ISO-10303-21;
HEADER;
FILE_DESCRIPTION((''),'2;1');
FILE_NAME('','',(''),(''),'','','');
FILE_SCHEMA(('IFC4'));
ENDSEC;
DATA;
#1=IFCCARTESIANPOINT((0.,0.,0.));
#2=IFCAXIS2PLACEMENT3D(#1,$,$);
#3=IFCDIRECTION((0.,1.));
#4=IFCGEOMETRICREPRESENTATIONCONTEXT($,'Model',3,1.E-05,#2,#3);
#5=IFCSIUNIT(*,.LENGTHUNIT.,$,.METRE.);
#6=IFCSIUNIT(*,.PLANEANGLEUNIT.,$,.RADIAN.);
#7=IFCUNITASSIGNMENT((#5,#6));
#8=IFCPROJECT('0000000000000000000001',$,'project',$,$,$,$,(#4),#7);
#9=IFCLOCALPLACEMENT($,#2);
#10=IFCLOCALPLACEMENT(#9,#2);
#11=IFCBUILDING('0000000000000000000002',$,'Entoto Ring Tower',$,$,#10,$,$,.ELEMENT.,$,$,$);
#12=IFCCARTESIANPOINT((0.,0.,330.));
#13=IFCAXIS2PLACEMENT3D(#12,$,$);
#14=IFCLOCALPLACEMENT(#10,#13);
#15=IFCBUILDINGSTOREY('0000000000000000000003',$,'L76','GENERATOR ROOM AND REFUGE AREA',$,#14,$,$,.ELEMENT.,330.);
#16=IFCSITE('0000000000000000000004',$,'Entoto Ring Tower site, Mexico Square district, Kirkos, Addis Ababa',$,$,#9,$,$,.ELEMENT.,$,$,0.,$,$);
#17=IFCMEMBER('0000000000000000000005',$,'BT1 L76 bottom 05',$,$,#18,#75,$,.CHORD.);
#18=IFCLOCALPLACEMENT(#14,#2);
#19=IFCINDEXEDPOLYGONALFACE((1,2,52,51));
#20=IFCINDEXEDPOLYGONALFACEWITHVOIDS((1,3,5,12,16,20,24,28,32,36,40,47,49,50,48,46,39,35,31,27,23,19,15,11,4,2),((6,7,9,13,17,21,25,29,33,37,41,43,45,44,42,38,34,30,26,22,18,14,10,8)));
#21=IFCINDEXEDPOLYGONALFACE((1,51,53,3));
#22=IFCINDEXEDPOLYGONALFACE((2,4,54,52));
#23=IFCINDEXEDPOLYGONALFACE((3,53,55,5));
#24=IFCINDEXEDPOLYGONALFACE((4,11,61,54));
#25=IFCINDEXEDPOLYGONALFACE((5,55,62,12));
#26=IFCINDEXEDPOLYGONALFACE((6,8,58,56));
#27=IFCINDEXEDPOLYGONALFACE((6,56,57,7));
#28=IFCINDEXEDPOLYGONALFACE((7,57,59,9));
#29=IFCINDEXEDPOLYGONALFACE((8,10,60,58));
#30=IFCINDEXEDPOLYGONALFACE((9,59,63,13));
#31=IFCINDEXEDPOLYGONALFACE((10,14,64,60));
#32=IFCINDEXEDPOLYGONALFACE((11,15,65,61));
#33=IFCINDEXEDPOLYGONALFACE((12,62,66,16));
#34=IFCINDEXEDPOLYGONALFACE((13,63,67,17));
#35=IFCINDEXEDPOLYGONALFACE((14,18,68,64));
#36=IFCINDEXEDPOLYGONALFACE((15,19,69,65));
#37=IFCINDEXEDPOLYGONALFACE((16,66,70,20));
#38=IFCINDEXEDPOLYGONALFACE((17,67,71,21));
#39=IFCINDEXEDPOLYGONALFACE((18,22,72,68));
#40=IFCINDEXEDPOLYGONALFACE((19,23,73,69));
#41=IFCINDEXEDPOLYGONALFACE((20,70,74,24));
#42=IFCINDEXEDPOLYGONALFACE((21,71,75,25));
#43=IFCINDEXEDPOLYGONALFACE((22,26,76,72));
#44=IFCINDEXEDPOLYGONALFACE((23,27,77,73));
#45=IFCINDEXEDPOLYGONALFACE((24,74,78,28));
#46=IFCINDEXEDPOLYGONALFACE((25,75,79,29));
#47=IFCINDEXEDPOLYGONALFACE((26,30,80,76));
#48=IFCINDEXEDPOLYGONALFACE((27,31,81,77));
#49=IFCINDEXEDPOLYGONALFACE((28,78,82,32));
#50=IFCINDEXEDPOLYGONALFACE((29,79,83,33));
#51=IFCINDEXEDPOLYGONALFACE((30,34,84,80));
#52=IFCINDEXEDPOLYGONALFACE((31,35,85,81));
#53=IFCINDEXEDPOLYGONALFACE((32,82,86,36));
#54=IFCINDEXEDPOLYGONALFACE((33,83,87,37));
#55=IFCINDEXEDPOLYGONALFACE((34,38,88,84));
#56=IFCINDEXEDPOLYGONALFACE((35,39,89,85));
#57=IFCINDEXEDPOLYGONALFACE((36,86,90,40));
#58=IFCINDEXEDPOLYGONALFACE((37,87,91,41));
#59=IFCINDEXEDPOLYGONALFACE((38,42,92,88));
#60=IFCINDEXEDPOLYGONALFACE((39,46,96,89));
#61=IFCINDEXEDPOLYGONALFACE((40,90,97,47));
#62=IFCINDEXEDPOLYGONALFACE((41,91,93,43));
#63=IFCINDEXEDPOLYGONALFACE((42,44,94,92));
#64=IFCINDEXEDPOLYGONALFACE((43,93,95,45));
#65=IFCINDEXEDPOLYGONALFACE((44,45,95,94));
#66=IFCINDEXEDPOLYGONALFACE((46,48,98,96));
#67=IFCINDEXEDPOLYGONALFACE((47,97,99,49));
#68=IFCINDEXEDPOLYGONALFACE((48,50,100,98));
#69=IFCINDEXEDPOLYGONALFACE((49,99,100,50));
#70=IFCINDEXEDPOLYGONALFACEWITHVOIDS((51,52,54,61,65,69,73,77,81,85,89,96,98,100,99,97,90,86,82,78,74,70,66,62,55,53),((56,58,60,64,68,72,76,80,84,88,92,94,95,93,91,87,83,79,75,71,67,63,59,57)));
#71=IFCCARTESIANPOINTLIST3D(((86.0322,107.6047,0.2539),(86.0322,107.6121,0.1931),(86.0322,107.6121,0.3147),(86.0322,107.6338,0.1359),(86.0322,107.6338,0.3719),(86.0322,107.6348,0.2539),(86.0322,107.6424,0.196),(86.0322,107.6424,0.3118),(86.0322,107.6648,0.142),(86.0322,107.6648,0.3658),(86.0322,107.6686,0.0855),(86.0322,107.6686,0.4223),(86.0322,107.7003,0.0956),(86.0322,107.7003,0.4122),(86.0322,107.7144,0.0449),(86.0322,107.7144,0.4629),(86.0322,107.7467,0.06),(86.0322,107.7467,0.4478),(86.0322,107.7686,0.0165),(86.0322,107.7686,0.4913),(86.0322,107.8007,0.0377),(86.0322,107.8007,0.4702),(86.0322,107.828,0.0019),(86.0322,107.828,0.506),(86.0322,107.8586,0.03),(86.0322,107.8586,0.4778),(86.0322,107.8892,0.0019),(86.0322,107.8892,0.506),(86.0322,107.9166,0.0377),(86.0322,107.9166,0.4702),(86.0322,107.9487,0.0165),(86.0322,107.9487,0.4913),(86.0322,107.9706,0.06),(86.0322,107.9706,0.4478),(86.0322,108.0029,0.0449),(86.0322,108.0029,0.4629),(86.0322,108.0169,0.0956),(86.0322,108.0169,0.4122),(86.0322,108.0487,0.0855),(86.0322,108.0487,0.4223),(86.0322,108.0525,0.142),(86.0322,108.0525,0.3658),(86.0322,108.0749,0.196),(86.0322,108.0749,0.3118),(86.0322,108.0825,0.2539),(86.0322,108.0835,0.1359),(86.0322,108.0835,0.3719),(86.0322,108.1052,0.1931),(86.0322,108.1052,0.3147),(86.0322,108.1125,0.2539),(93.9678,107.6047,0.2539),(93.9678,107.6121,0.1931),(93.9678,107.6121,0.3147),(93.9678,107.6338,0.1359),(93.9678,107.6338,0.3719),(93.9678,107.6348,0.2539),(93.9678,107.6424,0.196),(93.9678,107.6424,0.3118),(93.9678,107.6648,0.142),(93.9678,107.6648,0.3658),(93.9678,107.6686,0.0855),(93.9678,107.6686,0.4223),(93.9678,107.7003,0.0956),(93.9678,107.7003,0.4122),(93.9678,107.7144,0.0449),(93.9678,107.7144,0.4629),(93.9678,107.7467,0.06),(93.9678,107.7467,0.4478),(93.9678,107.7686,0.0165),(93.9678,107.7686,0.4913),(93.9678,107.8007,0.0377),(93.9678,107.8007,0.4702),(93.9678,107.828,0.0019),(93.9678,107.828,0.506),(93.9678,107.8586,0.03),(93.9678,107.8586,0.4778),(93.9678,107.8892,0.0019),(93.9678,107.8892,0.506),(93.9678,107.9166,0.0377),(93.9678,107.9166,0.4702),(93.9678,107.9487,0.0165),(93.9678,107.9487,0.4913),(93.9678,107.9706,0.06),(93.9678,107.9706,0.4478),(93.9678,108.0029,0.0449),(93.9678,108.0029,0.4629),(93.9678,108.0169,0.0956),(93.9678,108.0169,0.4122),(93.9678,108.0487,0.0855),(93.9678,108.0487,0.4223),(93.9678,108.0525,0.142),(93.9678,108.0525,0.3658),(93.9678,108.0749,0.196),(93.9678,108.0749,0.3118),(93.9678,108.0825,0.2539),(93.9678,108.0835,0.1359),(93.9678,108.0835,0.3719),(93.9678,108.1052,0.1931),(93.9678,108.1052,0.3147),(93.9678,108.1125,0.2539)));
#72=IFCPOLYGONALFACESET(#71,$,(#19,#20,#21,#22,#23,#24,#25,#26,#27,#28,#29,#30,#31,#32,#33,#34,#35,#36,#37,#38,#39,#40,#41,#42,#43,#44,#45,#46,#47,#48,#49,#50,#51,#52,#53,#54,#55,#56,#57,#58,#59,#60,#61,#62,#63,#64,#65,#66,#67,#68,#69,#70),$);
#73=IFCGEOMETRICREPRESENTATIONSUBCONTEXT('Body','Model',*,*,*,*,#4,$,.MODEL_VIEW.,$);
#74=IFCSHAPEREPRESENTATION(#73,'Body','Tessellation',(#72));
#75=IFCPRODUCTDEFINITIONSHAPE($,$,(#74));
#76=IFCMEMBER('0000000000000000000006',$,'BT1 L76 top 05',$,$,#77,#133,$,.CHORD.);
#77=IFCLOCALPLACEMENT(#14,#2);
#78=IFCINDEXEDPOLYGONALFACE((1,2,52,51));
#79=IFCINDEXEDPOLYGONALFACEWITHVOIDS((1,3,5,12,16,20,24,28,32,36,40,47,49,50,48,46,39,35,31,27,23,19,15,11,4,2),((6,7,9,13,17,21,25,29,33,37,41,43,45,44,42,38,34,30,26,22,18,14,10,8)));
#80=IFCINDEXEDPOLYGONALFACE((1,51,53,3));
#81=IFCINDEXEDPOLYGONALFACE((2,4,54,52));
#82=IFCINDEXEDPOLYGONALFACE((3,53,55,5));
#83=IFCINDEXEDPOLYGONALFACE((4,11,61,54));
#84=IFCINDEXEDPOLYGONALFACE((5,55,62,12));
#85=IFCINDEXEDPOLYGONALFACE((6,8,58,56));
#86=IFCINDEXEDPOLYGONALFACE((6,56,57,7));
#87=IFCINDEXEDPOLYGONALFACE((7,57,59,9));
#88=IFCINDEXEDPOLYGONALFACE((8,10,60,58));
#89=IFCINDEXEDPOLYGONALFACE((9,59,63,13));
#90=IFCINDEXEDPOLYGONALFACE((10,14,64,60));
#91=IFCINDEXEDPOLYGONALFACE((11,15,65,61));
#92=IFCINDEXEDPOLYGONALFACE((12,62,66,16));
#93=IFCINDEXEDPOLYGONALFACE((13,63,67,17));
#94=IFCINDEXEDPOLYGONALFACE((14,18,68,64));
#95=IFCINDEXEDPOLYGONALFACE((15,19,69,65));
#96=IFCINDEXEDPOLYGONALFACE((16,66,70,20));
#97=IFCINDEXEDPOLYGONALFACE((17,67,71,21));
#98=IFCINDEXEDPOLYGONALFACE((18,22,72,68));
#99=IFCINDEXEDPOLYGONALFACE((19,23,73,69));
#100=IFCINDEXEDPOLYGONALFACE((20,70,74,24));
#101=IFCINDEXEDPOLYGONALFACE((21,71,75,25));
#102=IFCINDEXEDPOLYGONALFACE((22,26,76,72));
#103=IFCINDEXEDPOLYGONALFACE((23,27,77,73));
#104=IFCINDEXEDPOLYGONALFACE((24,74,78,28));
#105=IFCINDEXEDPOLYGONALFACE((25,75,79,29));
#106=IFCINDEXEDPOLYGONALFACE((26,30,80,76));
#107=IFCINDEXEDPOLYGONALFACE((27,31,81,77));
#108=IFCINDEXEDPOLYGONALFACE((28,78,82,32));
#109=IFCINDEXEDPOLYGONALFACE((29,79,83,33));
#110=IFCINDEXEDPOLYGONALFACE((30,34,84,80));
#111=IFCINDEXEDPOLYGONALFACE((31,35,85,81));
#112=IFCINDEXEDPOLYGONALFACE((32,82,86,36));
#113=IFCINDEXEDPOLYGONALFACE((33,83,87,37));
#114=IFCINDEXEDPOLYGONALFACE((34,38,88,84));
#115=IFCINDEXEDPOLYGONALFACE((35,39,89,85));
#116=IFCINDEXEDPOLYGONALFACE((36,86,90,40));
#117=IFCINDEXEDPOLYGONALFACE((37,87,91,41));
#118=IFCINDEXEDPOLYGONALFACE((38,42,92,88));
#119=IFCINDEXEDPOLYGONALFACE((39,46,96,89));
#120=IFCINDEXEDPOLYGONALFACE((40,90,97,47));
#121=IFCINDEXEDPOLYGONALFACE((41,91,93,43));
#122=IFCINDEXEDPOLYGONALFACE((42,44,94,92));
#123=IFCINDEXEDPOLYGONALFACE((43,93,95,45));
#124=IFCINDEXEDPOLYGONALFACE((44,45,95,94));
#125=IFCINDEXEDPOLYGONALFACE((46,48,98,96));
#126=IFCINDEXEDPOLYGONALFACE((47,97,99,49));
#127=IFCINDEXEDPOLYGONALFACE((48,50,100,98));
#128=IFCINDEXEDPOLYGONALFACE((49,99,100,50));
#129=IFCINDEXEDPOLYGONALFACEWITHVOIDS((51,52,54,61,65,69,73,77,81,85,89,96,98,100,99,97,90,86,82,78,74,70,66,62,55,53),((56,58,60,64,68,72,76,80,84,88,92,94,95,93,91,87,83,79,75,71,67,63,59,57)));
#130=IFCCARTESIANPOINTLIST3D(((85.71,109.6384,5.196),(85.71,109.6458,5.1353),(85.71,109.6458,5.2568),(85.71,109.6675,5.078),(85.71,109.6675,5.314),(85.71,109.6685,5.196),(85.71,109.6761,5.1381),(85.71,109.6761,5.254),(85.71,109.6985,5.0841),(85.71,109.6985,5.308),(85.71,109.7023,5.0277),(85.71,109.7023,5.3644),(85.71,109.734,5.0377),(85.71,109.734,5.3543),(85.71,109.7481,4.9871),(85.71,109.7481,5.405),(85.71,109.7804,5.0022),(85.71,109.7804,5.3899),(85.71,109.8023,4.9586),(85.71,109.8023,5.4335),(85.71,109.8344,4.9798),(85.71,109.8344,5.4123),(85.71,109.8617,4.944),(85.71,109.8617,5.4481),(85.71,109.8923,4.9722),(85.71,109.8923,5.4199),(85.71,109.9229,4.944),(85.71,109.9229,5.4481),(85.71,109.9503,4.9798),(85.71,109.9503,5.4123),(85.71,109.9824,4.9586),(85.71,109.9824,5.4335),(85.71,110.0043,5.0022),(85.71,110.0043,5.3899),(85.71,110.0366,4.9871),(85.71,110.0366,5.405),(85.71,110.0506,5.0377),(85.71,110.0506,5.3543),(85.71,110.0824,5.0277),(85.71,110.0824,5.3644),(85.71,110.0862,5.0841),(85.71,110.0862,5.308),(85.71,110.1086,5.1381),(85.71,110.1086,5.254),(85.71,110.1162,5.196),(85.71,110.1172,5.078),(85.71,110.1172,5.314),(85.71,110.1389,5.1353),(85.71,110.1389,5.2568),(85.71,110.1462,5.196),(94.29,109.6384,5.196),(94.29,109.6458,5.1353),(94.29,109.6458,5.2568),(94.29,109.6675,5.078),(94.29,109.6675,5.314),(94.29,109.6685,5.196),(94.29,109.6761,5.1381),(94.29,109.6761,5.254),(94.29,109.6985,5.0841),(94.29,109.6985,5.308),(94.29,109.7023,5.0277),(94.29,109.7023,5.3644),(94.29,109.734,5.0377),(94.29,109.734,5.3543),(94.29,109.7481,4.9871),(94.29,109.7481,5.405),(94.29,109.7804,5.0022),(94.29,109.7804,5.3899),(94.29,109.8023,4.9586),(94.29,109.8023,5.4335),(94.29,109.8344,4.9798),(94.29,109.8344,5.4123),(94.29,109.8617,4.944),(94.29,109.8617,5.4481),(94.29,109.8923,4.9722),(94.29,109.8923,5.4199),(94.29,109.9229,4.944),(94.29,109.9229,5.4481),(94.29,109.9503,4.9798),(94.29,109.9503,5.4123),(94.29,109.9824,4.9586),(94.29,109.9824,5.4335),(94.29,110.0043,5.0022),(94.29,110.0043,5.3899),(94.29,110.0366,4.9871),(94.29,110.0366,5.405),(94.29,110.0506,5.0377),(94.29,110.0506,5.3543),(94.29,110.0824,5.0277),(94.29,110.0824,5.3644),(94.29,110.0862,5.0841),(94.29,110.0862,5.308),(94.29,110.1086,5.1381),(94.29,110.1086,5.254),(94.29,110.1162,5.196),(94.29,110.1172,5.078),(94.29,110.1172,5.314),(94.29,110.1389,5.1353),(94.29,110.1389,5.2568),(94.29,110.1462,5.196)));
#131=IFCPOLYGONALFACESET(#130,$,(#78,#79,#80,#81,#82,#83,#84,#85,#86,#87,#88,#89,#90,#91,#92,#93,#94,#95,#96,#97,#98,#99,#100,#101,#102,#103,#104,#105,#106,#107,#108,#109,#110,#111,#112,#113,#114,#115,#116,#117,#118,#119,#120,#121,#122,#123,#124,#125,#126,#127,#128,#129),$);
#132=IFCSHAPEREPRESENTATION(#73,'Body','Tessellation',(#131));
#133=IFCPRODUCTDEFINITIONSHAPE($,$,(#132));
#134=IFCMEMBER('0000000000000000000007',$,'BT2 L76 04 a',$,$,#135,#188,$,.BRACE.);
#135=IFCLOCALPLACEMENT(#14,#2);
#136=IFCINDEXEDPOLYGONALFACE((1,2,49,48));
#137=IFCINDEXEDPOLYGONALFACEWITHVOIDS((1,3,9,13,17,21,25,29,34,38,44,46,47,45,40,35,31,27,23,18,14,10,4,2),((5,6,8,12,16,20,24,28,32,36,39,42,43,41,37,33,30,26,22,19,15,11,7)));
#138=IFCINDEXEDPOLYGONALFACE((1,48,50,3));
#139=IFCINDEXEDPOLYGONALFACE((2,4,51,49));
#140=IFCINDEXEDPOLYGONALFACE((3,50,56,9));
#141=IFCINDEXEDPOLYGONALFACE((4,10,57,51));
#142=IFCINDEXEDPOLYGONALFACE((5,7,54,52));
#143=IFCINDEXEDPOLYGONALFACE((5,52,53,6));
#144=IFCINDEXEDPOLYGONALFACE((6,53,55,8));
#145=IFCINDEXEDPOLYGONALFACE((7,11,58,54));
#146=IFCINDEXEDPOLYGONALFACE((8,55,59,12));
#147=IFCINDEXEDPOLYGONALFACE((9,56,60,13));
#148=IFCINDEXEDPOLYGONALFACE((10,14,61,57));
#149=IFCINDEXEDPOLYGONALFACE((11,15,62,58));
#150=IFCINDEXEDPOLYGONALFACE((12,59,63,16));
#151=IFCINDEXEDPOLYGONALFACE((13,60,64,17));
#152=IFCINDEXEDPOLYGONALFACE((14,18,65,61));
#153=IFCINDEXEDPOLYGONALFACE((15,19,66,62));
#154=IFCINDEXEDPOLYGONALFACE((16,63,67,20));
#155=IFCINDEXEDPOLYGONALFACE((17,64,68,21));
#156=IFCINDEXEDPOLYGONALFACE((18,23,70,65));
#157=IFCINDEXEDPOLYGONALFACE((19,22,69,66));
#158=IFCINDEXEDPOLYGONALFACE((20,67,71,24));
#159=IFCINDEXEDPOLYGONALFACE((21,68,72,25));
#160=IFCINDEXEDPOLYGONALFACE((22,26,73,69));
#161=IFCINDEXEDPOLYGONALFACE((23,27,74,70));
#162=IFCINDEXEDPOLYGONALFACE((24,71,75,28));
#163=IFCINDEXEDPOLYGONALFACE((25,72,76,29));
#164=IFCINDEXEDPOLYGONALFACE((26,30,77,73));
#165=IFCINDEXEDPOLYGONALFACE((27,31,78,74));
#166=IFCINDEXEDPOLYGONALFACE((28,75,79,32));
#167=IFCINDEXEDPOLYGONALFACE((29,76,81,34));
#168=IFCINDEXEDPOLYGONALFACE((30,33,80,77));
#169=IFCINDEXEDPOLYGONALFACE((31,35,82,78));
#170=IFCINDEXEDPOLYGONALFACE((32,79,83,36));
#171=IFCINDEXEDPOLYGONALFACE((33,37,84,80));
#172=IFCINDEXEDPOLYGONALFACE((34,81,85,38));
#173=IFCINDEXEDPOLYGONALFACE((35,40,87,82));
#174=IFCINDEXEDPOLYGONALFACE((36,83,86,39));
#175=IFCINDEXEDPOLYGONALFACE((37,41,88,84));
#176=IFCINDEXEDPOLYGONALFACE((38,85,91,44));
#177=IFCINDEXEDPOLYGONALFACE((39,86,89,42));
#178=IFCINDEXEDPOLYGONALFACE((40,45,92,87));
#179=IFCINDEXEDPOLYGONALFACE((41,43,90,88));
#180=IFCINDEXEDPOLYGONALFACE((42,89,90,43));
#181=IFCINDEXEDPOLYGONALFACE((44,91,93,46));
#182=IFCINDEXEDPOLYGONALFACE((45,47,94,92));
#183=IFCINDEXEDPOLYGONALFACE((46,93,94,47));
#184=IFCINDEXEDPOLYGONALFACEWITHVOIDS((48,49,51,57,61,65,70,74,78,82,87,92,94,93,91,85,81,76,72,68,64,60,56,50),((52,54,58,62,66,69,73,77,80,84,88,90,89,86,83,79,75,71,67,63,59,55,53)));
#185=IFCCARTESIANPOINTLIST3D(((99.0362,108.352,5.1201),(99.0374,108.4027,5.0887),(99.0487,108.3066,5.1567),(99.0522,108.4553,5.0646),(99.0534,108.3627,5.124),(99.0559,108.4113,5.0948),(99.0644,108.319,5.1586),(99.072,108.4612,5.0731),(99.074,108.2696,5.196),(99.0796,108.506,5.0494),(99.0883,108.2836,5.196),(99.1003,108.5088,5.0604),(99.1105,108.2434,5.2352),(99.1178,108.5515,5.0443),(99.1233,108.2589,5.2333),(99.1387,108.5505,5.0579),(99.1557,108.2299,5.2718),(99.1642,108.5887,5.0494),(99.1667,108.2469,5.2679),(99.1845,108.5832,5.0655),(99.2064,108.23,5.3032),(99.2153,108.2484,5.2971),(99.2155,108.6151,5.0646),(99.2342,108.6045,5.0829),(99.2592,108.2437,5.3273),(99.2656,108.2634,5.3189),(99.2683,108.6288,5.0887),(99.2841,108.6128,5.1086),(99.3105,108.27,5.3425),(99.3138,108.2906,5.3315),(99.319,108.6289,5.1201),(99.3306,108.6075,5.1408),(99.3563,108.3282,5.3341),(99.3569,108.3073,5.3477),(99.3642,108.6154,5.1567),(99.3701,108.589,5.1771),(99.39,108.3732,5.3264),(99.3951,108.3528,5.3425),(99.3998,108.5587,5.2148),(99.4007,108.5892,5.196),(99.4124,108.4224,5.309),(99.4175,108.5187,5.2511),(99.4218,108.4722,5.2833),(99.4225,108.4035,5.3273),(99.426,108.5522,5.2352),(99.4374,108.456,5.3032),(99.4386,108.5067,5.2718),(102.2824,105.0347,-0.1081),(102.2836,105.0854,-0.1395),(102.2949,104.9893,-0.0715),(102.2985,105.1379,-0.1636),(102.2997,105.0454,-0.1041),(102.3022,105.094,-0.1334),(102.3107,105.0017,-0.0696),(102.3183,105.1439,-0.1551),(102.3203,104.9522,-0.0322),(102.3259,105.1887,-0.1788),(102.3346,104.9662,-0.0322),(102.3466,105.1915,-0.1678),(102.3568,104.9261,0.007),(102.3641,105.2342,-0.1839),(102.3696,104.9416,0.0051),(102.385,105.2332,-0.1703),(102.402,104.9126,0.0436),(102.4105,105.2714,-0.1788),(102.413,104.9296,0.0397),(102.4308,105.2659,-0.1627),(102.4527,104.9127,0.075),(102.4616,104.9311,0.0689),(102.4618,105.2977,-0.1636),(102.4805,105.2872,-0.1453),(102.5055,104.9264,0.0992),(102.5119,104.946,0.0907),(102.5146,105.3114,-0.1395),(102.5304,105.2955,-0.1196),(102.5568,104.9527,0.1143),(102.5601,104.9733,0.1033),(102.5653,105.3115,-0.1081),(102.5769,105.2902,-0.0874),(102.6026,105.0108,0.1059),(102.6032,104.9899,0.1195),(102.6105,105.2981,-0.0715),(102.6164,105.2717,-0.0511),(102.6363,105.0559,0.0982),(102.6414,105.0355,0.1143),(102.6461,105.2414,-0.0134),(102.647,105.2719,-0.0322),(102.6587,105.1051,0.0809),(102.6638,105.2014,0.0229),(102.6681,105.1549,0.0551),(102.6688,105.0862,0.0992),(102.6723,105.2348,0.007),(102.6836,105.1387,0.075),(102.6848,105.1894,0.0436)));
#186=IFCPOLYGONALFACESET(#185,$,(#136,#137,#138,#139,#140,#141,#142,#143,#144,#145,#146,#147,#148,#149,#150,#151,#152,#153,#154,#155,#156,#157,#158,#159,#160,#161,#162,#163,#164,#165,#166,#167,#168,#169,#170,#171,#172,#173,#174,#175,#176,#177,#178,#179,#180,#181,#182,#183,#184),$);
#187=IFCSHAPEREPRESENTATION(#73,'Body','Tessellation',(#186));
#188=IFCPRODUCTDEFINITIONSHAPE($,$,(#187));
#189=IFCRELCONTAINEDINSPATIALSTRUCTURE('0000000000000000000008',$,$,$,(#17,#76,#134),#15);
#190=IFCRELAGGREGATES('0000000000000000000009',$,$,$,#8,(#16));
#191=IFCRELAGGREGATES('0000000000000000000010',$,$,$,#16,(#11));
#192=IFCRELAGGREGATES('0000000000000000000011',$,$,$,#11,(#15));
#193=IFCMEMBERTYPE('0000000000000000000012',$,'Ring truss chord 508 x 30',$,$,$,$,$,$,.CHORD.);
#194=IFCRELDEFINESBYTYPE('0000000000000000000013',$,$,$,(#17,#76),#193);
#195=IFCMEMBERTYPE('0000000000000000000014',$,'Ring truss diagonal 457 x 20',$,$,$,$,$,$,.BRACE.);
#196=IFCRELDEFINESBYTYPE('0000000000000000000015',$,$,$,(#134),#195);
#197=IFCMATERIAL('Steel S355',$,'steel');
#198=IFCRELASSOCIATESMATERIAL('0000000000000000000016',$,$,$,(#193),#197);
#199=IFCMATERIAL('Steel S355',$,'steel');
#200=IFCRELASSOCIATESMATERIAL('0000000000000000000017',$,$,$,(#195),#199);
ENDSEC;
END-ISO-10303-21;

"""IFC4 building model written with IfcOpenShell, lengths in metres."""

from ifc_helpers import new_model, si_unit, direction, frame, origin, origin_2d, place, context, subcontext, project, spatial, circle, hollow_circle, extrude, material, material_profile, profile_set, type_object, element, save


model = new_model("IFC4")

# Units and contexts
model_context = context("Model", 3, precision=1e-05, world=origin(), true_north=direction((0.0, 1.0)))
body_context = subcontext(model_context, "Body", "Model", "MODEL_VIEW")
ifc_project = project(units=[si_unit("LENGTHUNIT", "METRE"), si_unit("PLANEANGLEUNIT", "RADIAN")], contexts=[model_context])

# Site, building, storey
site_placement = place(None, origin())
site = spatial("IfcSite", under=ifc_project, at=site_placement, Name="Entoto Ring Tower site, Mexico Square district, Kirkos, Addis Ababa", CompositionType="ELEMENT", RefElevation=0.0)
building_placement = place(site_placement, origin())
building = spatial("IfcBuilding", under=site, at=building_placement, Name="Entoto Ring Tower", CompositionType="ELEMENT")
storey_placement = place(building_placement, frame((0.0, 0.0, 330.0)))
storey = spatial("IfcBuildingStorey", under=building, at=storey_placement, Name="L76", Description="GENERATOR ROOM AND REFUGE AREA", CompositionType="ELEMENT", Elevation=330.0)

# Members
ifc_material_1 = material(Name="Steel S355", Category="steel")
ifc_material_profile_1 = material_profile(ifc_material_1, hollow_circle(Radius=0.2539, WallThickness=0.03, at=origin_2d()), Name="CHS 508 x 30")
ifc_material_2 = material(Name="Concrete C60/75", Category="concrete")
ifc_material_profile_2 = material_profile(ifc_material_2, circle(Radius=0.2241, at=origin_2d()), Name="Concrete C60/75 infill")
ifc_profile_set_1 = profile_set([ifc_material_profile_1, ifc_material_profile_2], Name="Steel S355")
member_type_1 = type_object("IfcMemberType", Name="Ring truss chord 508 x 30", PredefinedType="CHORD", material=ifc_profile_set_1)
for number, where, z_axis, x_axis, name in (
    (1, (93.9678, 107.8586, 0.2539), (-1.0, 0.0, 0.0), (0.0, -1.0, 0.0), "BT1 L76 bottom 05"),
):
    element("IfcMember", number, at=place(storey_placement, frame(where, z_axis=z_axis, x_axis=x_axis)), inside=storey, type_object=member_type_1, Name=name, PredefinedType="CHORD", context=body_context, shape_type="SweptSolid", body=[
        extrude(hollow_circle(Radius=0.2539, WallThickness=0.03, at=origin_2d()), origin(), (0.0, 0.0, 1.0), 7.9355),
    ])
member_1_placement = place(storey_placement, frame((94.29, 109.8923, 5.196), z_axis=(-1.0, 0.0, 0.0), x_axis=(0.0, -1.0, 0.0)))
element("IfcMember", 2, at=member_1_placement, inside=storey, type_object=member_type_1, Name="BT1 L76 top 05", PredefinedType="CHORD", context=body_context, shape_type="SweptSolid", body=[
    extrude(hollow_circle(Radius=0.2539, WallThickness=0.03, at=origin_2d()), origin(), (0.0, 0.0, 1.0), 8.5801),
])
ifc_material_3 = material(Name="Steel S355", Category="steel")
ifc_material_profile_3 = material_profile(ifc_material_3, hollow_circle(Radius=0.2285, WallThickness=0.02, at=origin_2d()), Name="CHS 457 x 20")
ifc_material_4 = material(Name="Concrete C60/75", Category="concrete")
ifc_material_profile_4 = material_profile(ifc_material_4, circle(Radius=0.2085, at=origin_2d()), Name="Concrete C60/75 infill")
ifc_profile_set_2 = profile_set([ifc_material_profile_3, ifc_material_profile_4], Name="Steel S355")
member_type_2 = type_object("IfcMemberType", Name="Ring truss diagonal 457 x 20", PredefinedType="BRACE", material=ifc_profile_set_2)
for number, where, z_axis, x_axis, name in (
    (3, (102.4836, 105.1121, -0.0322), (-0.464338, 0.4745, 0.747823), (-0.714719, -0.699412, 0.0), "BT2 L76 04 a"),
):
    element("IfcMember", number, at=place(storey_placement, frame(where, z_axis=z_axis, x_axis=x_axis)), inside=storey, type_object=member_type_2, Name=name, PredefinedType="BRACE", context=body_context, shape_type="SweptSolid", body=[
        extrude(hollow_circle(Radius=0.2285, WallThickness=0.02, at=origin_2d()), origin(), (0.0, 0.0, 1.0), 6.9912),
    ])

save(model, "model.ifc")
